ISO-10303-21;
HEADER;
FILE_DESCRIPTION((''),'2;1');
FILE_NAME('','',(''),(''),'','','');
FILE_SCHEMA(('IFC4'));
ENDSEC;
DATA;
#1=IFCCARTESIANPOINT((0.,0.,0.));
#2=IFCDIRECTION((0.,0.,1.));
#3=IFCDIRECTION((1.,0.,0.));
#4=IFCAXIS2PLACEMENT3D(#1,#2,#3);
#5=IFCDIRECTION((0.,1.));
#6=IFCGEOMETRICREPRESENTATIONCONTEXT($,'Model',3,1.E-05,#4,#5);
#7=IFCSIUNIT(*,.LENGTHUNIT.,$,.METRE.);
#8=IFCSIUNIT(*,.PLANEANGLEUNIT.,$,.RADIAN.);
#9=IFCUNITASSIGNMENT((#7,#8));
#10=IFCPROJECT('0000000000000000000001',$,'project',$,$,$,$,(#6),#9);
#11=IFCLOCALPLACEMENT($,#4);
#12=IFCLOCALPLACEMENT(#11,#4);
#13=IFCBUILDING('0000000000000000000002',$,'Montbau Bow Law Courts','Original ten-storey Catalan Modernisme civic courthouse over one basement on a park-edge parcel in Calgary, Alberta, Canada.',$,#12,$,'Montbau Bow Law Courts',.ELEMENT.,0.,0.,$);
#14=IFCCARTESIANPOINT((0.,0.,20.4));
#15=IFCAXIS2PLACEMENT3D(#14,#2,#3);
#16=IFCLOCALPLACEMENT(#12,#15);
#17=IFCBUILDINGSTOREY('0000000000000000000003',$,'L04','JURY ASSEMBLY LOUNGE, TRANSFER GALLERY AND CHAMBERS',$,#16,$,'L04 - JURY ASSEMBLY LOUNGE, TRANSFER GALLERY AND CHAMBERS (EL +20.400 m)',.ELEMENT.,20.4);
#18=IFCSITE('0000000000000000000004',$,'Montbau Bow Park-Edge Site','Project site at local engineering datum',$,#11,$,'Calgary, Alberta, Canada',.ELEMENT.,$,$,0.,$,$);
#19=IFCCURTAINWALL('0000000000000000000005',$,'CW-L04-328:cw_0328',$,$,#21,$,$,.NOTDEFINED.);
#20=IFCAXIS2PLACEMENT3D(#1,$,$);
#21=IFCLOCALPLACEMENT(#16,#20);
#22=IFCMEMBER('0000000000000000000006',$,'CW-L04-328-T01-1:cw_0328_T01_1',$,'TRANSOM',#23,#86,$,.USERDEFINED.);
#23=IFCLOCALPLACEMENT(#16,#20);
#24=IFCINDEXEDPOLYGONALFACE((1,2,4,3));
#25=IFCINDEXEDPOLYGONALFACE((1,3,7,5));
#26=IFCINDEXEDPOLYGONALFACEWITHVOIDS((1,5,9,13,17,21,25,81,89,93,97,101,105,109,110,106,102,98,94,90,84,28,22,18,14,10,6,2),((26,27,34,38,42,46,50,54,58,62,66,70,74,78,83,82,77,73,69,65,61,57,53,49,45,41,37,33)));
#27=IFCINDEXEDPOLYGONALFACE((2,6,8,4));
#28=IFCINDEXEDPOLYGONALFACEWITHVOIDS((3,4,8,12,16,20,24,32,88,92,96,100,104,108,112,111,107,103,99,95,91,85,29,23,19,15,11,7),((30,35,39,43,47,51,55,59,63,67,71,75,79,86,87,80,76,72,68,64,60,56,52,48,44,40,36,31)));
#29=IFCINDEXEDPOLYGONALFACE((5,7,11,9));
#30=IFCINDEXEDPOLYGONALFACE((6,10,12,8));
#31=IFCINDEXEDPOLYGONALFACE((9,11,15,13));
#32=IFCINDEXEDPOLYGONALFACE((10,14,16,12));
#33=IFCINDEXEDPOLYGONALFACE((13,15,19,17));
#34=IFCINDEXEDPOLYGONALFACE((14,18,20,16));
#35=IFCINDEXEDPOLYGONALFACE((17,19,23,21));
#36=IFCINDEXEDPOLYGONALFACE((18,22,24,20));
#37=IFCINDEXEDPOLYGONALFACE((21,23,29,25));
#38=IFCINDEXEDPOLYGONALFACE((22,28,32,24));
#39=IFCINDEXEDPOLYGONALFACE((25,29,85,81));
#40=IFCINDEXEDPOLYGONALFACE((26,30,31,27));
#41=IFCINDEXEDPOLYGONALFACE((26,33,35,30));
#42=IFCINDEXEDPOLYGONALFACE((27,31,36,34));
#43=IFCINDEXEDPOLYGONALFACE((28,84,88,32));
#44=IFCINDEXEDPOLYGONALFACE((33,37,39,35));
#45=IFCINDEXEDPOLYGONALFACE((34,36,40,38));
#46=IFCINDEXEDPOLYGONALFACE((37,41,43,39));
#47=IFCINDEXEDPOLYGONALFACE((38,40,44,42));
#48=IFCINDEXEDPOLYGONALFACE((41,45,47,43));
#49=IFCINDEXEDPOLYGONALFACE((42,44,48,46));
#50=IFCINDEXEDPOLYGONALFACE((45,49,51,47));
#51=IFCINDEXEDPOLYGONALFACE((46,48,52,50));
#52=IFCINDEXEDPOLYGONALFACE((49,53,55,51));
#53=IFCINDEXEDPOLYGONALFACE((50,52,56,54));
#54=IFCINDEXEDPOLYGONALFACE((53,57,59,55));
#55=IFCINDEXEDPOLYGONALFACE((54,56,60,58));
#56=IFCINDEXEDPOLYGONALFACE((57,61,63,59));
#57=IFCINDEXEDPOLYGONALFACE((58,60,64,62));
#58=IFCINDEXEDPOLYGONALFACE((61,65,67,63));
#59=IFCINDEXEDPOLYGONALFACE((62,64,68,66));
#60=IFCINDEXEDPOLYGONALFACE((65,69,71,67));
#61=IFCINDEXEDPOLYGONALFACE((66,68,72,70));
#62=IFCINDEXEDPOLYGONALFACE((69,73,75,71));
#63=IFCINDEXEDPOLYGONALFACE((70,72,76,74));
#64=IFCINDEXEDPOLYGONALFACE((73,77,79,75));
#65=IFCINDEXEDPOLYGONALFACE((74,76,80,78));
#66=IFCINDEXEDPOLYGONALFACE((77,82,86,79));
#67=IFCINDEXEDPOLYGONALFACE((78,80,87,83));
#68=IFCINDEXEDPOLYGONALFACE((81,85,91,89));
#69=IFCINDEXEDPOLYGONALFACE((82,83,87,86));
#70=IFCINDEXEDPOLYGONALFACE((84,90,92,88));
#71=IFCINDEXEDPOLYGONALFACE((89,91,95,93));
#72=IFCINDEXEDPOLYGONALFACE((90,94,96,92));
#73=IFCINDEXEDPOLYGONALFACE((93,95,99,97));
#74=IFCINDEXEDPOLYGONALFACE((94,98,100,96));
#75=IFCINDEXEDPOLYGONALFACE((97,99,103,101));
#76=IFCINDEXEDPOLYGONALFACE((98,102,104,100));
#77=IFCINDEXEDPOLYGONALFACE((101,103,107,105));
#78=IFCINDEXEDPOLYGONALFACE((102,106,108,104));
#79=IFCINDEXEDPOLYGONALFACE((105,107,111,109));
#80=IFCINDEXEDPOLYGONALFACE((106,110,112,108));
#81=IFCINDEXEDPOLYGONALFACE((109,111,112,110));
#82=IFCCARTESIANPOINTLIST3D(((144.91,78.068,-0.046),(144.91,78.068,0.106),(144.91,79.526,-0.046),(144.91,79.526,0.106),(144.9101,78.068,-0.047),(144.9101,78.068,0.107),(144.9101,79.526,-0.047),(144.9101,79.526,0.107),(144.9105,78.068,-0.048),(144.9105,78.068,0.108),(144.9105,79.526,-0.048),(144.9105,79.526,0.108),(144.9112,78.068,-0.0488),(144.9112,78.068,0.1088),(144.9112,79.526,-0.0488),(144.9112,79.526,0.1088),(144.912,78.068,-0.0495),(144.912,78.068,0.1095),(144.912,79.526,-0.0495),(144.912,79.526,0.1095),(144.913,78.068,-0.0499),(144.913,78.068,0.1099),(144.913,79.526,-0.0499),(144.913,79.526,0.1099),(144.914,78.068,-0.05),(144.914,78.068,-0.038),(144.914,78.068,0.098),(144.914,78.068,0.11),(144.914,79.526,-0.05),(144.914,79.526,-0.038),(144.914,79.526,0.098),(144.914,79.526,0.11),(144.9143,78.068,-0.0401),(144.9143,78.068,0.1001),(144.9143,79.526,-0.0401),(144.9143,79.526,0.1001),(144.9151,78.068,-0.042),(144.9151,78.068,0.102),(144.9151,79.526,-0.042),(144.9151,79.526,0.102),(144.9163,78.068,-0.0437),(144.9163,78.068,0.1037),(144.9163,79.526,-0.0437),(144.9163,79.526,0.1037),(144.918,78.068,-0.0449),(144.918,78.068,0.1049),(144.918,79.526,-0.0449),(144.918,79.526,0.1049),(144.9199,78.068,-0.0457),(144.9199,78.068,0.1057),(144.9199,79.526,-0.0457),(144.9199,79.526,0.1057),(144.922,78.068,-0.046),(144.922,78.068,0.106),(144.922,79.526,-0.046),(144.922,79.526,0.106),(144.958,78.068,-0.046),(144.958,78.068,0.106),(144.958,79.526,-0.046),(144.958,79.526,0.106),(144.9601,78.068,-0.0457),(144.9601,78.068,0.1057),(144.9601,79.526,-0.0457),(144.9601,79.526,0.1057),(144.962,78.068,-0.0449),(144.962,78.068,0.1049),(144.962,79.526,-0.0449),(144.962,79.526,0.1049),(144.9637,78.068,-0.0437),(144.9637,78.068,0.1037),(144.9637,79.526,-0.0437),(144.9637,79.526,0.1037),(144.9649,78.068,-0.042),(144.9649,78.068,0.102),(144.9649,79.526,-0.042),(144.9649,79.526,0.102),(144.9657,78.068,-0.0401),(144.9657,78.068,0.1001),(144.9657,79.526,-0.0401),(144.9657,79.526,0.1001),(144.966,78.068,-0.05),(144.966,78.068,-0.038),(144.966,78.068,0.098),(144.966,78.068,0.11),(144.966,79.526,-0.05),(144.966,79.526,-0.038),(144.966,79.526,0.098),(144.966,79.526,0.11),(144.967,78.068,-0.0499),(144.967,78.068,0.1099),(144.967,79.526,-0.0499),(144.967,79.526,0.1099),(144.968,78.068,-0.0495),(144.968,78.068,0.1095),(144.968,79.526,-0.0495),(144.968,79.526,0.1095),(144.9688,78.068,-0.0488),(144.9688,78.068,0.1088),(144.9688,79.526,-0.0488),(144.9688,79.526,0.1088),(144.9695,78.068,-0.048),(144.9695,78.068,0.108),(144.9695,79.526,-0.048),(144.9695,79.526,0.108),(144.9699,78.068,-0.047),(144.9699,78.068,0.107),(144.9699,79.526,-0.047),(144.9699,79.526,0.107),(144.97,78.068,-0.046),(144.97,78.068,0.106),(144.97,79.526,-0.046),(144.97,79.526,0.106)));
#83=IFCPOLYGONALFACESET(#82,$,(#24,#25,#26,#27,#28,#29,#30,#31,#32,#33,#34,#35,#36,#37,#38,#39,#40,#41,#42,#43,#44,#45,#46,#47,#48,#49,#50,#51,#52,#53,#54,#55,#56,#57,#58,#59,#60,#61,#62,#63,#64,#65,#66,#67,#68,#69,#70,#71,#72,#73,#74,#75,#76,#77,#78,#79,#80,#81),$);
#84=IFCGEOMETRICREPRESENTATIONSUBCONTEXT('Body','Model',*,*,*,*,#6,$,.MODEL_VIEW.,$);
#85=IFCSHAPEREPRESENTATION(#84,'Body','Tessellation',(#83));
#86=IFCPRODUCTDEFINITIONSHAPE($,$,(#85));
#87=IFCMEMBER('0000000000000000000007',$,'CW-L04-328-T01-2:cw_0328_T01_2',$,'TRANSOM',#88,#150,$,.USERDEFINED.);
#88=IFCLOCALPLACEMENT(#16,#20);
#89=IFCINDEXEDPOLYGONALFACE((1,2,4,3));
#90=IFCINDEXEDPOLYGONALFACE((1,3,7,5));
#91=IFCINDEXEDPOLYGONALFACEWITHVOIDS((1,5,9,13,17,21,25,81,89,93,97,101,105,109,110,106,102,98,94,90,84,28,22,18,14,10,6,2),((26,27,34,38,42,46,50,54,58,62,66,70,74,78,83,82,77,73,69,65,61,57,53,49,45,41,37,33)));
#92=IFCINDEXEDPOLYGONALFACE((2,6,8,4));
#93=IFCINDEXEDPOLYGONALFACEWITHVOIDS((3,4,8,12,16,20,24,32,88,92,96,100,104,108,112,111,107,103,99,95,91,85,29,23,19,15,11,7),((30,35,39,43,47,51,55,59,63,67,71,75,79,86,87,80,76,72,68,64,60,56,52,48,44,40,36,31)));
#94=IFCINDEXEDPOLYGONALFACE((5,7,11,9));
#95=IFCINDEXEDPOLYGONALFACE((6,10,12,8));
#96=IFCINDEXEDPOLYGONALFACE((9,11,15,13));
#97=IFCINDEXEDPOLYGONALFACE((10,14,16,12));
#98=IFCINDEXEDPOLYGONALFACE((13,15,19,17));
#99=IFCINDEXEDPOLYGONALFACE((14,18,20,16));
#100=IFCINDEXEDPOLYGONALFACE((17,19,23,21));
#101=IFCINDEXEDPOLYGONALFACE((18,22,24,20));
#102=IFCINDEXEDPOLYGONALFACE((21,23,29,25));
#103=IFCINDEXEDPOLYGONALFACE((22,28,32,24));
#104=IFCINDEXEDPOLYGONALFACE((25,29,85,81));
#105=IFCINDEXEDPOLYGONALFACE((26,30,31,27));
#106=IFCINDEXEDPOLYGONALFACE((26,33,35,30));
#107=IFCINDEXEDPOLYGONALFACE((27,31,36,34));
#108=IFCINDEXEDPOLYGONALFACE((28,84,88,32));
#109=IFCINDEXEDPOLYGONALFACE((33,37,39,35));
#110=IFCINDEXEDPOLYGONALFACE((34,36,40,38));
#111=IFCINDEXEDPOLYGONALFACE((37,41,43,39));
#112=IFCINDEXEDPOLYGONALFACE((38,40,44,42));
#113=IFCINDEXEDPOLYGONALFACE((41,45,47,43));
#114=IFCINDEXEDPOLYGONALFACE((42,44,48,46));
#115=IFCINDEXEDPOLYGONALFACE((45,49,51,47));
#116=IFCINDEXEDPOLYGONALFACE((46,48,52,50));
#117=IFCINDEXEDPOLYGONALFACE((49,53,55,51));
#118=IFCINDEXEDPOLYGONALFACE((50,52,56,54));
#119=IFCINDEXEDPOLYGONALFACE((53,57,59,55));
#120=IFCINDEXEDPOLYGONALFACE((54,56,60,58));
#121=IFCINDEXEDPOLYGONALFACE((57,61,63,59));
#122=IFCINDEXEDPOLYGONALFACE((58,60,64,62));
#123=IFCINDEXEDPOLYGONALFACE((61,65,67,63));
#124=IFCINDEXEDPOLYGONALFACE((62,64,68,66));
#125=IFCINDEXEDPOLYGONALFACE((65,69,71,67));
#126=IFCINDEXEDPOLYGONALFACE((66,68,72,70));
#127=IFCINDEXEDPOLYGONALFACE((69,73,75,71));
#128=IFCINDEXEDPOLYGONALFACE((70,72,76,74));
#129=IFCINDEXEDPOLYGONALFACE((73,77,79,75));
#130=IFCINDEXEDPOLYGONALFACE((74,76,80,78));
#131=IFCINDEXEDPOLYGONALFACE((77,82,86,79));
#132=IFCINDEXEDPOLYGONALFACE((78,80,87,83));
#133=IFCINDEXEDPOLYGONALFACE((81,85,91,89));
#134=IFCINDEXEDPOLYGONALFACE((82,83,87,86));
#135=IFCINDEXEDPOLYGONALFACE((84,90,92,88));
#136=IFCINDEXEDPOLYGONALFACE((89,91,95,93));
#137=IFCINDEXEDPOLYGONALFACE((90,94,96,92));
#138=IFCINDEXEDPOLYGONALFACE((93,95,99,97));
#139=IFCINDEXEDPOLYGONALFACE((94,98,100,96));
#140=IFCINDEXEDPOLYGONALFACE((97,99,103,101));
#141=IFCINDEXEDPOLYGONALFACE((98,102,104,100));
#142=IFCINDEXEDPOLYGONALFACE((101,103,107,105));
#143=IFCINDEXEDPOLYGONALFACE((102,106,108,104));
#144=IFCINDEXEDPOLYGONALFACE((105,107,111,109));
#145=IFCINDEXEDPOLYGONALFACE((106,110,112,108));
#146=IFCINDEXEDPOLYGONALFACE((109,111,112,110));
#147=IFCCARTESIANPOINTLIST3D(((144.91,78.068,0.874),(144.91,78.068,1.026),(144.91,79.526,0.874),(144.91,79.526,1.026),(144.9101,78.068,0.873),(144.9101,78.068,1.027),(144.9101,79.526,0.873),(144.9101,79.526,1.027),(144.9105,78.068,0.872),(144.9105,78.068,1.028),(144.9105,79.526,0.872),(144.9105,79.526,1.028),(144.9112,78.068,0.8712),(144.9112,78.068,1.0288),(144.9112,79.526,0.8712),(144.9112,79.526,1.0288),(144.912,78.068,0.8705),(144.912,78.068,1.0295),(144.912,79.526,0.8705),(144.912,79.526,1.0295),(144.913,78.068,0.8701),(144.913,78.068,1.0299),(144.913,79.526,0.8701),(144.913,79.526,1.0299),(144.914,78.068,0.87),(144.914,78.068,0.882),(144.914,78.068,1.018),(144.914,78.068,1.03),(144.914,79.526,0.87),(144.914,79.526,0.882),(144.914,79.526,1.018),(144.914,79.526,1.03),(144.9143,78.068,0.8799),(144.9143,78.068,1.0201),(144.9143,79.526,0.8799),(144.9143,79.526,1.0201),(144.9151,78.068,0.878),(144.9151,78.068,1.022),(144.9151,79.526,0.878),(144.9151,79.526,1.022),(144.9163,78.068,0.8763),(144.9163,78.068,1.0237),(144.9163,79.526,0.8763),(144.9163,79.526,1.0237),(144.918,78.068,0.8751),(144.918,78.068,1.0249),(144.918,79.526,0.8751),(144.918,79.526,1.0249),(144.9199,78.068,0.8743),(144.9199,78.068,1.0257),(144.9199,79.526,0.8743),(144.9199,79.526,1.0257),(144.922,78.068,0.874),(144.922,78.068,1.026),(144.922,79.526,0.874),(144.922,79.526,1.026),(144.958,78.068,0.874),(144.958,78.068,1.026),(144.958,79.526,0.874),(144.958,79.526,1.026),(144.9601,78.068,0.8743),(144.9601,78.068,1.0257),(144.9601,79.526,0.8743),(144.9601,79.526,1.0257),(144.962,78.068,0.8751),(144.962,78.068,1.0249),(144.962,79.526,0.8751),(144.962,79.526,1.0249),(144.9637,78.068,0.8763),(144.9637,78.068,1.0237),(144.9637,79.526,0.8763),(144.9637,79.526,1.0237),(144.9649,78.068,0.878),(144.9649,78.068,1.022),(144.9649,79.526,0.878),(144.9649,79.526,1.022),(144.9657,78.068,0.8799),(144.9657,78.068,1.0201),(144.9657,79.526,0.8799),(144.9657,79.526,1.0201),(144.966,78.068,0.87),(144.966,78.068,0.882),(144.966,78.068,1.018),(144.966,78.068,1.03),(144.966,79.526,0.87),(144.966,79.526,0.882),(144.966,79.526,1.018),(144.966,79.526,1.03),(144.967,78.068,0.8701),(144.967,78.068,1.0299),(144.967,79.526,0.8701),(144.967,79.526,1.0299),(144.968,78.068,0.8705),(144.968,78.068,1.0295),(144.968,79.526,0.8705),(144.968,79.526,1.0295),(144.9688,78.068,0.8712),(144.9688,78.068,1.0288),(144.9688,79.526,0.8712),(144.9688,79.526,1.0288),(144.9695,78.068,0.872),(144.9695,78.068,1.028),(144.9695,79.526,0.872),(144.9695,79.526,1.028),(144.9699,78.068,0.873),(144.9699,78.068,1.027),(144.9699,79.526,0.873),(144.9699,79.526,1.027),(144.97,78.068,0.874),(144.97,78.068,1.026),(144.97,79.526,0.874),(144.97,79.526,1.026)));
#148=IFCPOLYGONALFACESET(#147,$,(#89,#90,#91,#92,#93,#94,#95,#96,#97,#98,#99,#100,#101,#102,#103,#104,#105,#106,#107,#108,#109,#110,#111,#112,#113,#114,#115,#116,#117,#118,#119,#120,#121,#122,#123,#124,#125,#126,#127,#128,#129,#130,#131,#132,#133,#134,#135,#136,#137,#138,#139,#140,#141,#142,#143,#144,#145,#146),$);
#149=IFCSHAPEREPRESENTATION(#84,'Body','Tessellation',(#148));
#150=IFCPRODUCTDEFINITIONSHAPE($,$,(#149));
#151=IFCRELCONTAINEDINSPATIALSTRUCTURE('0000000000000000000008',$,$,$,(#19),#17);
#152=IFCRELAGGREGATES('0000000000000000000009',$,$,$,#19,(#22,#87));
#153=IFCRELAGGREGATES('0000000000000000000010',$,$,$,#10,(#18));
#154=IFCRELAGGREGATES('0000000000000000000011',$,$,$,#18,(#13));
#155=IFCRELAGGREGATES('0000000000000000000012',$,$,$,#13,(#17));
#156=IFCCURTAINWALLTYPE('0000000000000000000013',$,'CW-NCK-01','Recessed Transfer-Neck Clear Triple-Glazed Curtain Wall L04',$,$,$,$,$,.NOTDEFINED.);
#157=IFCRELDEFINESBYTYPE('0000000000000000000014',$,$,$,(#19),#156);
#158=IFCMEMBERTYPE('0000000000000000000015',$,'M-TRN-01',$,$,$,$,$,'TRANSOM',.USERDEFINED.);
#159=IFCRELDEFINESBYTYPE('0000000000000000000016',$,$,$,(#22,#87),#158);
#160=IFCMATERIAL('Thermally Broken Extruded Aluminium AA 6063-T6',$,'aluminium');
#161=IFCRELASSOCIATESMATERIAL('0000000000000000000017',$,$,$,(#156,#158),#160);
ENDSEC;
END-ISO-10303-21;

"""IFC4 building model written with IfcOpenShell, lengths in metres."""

from ifc_helpers import new_model, si_unit, direction, frame, origin_with_axes, origin_2d_with_axis, place, context, subcontext, project, spatial, hollow_rectangle, extrude, material, material_profile, profile_set, type_object, element, aggregate, save


model = new_model("IFC4")

# Units and contexts
model_context = context("Model", 3, precision=1e-05, world=origin_with_axes(), true_north=direction((0.0, 1.0)))
body_context = subcontext(model_context, "Body", "Model", "MODEL_VIEW")
ifc_project = project(units=[si_unit("LENGTHUNIT", "METRE"), si_unit("PLANEANGLEUNIT", "RADIAN")], contexts=[model_context])

# Site, building, storey
site_placement = place(None, origin_with_axes())
site = spatial("IfcSite", under=ifc_project, at=site_placement, Name="Montbau Bow Park-Edge Site", Description="Project site at local engineering datum", LongName="Calgary, Alberta, Canada", CompositionType="ELEMENT", RefElevation=0.0)
building_placement = place(site_placement, origin_with_axes())
building = spatial("IfcBuilding", under=site, at=building_placement, Name="Montbau Bow Law Courts", Description="Original ten-storey Catalan Modernisme civic courthouse over one basement on a park-edge parcel in Calgary, Alberta, Canada.", LongName="Montbau Bow Law Courts", CompositionType="ELEMENT", ElevationOfRefHeight=0.0, ElevationOfTerrain=0.0)
storey_placement = place(building_placement, frame((0.0, 0.0, 20.4), z_axis=(0.0, 0.0, 1.0), x_axis=(1.0, 0.0, 0.0)))
storey = spatial("IfcBuildingStorey", under=building, at=storey_placement, Name="L04", Description="JURY ASSEMBLY LOUNGE, TRANSFER GALLERY AND CHAMBERS", LongName="L04 - JURY ASSEMBLY LOUNGE, TRANSFER GALLERY AND CHAMBERS (EL +20.400 m)", CompositionType="ELEMENT", Elevation=20.4)

# Curtain wall, members
ifc_material_1 = material(Name="Thermally Broken Extruded Aluminium AA 6063-T6", Category="aluminium")
curtain_wall_type = type_object("IfcCurtainWallType", Name="CW-NCK-01", Description="Recessed Transfer-Neck Clear Triple-Glazed Curtain Wall L04", PredefinedType="NOTDEFINED", material=ifc_material_1)
curtain_wall_placement = place(None, frame((144.94, 78.0, 20.4), z_axis=(0.0, 0.0, 1.0), x_axis=(1.0, 0.0, 0.0)))
curtain_wall = element("IfcCurtainWall", 1, at=curtain_wall_placement, inside=storey, type_object=curtain_wall_type, Name="CW-L04-328:cw_0328", PredefinedType="NOTDEFINED")
ifc_material_profile_1 = material_profile(ifc_material_1, hollow_rectangle(XDim=0.06, YDim=0.16, WallThickness=0.004, InnerFilletRadius=0.008, OuterFilletRadius=0.004, at=origin_2d_with_axis()), Name="CWT-160X60", Category="Main", Priority=0)
ifc_profile_set_1 = profile_set([ifc_material_profile_1], Name="Thermally Broken Extruded Aluminium AA 6063-T6")
member_type_1 = type_object("IfcMemberType", Name="M-TRN-01", ElementType="TRANSOM", PredefinedType="USERDEFINED", material=ifc_profile_set_1)
member_1_placement = place(None, frame((144.94, 78.068, 20.43), z_axis=(0.0, 1.0, 0.0), x_axis=(-1.0, 0.0, 0.0)))
member_1 = element("IfcMember", 2, at=member_1_placement, type_object=member_type_1, Name="CW-L04-328-T01-1:cw_0328_T01_1", ObjectType="TRANSOM", PredefinedType="USERDEFINED", context=body_context, shape_type="SweptSolid", body=[
    extrude(hollow_rectangle(XDim=0.06, YDim=0.16, WallThickness=0.004, InnerFilletRadius=0.008, OuterFilletRadius=0.004, at=origin_2d_with_axis()), origin_with_axes(), (0.0, 0.0, 1.0), 1.458),
])
member_2_placement = place(None, frame((144.94, 78.068, 21.35), z_axis=(0.0, 1.0, 0.0), x_axis=(-1.0, 0.0, 0.0)))
member_2 = element("IfcMember", 3, at=member_2_placement, type_object=member_type_1, Name="CW-L04-328-T01-2:cw_0328_T01_2", ObjectType="TRANSOM", PredefinedType="USERDEFINED", context=body_context, shape_type="SweptSolid", body=[
    extrude(hollow_rectangle(XDim=0.06, YDim=0.16, WallThickness=0.004, InnerFilletRadius=0.008, OuterFilletRadius=0.004, at=origin_2d_with_axis()), origin_with_axes(), (0.0, 0.0, 1.0), 1.458),
])
aggregate(curtain_wall, [member_1, member_2])

save(model, "model.ifc")
